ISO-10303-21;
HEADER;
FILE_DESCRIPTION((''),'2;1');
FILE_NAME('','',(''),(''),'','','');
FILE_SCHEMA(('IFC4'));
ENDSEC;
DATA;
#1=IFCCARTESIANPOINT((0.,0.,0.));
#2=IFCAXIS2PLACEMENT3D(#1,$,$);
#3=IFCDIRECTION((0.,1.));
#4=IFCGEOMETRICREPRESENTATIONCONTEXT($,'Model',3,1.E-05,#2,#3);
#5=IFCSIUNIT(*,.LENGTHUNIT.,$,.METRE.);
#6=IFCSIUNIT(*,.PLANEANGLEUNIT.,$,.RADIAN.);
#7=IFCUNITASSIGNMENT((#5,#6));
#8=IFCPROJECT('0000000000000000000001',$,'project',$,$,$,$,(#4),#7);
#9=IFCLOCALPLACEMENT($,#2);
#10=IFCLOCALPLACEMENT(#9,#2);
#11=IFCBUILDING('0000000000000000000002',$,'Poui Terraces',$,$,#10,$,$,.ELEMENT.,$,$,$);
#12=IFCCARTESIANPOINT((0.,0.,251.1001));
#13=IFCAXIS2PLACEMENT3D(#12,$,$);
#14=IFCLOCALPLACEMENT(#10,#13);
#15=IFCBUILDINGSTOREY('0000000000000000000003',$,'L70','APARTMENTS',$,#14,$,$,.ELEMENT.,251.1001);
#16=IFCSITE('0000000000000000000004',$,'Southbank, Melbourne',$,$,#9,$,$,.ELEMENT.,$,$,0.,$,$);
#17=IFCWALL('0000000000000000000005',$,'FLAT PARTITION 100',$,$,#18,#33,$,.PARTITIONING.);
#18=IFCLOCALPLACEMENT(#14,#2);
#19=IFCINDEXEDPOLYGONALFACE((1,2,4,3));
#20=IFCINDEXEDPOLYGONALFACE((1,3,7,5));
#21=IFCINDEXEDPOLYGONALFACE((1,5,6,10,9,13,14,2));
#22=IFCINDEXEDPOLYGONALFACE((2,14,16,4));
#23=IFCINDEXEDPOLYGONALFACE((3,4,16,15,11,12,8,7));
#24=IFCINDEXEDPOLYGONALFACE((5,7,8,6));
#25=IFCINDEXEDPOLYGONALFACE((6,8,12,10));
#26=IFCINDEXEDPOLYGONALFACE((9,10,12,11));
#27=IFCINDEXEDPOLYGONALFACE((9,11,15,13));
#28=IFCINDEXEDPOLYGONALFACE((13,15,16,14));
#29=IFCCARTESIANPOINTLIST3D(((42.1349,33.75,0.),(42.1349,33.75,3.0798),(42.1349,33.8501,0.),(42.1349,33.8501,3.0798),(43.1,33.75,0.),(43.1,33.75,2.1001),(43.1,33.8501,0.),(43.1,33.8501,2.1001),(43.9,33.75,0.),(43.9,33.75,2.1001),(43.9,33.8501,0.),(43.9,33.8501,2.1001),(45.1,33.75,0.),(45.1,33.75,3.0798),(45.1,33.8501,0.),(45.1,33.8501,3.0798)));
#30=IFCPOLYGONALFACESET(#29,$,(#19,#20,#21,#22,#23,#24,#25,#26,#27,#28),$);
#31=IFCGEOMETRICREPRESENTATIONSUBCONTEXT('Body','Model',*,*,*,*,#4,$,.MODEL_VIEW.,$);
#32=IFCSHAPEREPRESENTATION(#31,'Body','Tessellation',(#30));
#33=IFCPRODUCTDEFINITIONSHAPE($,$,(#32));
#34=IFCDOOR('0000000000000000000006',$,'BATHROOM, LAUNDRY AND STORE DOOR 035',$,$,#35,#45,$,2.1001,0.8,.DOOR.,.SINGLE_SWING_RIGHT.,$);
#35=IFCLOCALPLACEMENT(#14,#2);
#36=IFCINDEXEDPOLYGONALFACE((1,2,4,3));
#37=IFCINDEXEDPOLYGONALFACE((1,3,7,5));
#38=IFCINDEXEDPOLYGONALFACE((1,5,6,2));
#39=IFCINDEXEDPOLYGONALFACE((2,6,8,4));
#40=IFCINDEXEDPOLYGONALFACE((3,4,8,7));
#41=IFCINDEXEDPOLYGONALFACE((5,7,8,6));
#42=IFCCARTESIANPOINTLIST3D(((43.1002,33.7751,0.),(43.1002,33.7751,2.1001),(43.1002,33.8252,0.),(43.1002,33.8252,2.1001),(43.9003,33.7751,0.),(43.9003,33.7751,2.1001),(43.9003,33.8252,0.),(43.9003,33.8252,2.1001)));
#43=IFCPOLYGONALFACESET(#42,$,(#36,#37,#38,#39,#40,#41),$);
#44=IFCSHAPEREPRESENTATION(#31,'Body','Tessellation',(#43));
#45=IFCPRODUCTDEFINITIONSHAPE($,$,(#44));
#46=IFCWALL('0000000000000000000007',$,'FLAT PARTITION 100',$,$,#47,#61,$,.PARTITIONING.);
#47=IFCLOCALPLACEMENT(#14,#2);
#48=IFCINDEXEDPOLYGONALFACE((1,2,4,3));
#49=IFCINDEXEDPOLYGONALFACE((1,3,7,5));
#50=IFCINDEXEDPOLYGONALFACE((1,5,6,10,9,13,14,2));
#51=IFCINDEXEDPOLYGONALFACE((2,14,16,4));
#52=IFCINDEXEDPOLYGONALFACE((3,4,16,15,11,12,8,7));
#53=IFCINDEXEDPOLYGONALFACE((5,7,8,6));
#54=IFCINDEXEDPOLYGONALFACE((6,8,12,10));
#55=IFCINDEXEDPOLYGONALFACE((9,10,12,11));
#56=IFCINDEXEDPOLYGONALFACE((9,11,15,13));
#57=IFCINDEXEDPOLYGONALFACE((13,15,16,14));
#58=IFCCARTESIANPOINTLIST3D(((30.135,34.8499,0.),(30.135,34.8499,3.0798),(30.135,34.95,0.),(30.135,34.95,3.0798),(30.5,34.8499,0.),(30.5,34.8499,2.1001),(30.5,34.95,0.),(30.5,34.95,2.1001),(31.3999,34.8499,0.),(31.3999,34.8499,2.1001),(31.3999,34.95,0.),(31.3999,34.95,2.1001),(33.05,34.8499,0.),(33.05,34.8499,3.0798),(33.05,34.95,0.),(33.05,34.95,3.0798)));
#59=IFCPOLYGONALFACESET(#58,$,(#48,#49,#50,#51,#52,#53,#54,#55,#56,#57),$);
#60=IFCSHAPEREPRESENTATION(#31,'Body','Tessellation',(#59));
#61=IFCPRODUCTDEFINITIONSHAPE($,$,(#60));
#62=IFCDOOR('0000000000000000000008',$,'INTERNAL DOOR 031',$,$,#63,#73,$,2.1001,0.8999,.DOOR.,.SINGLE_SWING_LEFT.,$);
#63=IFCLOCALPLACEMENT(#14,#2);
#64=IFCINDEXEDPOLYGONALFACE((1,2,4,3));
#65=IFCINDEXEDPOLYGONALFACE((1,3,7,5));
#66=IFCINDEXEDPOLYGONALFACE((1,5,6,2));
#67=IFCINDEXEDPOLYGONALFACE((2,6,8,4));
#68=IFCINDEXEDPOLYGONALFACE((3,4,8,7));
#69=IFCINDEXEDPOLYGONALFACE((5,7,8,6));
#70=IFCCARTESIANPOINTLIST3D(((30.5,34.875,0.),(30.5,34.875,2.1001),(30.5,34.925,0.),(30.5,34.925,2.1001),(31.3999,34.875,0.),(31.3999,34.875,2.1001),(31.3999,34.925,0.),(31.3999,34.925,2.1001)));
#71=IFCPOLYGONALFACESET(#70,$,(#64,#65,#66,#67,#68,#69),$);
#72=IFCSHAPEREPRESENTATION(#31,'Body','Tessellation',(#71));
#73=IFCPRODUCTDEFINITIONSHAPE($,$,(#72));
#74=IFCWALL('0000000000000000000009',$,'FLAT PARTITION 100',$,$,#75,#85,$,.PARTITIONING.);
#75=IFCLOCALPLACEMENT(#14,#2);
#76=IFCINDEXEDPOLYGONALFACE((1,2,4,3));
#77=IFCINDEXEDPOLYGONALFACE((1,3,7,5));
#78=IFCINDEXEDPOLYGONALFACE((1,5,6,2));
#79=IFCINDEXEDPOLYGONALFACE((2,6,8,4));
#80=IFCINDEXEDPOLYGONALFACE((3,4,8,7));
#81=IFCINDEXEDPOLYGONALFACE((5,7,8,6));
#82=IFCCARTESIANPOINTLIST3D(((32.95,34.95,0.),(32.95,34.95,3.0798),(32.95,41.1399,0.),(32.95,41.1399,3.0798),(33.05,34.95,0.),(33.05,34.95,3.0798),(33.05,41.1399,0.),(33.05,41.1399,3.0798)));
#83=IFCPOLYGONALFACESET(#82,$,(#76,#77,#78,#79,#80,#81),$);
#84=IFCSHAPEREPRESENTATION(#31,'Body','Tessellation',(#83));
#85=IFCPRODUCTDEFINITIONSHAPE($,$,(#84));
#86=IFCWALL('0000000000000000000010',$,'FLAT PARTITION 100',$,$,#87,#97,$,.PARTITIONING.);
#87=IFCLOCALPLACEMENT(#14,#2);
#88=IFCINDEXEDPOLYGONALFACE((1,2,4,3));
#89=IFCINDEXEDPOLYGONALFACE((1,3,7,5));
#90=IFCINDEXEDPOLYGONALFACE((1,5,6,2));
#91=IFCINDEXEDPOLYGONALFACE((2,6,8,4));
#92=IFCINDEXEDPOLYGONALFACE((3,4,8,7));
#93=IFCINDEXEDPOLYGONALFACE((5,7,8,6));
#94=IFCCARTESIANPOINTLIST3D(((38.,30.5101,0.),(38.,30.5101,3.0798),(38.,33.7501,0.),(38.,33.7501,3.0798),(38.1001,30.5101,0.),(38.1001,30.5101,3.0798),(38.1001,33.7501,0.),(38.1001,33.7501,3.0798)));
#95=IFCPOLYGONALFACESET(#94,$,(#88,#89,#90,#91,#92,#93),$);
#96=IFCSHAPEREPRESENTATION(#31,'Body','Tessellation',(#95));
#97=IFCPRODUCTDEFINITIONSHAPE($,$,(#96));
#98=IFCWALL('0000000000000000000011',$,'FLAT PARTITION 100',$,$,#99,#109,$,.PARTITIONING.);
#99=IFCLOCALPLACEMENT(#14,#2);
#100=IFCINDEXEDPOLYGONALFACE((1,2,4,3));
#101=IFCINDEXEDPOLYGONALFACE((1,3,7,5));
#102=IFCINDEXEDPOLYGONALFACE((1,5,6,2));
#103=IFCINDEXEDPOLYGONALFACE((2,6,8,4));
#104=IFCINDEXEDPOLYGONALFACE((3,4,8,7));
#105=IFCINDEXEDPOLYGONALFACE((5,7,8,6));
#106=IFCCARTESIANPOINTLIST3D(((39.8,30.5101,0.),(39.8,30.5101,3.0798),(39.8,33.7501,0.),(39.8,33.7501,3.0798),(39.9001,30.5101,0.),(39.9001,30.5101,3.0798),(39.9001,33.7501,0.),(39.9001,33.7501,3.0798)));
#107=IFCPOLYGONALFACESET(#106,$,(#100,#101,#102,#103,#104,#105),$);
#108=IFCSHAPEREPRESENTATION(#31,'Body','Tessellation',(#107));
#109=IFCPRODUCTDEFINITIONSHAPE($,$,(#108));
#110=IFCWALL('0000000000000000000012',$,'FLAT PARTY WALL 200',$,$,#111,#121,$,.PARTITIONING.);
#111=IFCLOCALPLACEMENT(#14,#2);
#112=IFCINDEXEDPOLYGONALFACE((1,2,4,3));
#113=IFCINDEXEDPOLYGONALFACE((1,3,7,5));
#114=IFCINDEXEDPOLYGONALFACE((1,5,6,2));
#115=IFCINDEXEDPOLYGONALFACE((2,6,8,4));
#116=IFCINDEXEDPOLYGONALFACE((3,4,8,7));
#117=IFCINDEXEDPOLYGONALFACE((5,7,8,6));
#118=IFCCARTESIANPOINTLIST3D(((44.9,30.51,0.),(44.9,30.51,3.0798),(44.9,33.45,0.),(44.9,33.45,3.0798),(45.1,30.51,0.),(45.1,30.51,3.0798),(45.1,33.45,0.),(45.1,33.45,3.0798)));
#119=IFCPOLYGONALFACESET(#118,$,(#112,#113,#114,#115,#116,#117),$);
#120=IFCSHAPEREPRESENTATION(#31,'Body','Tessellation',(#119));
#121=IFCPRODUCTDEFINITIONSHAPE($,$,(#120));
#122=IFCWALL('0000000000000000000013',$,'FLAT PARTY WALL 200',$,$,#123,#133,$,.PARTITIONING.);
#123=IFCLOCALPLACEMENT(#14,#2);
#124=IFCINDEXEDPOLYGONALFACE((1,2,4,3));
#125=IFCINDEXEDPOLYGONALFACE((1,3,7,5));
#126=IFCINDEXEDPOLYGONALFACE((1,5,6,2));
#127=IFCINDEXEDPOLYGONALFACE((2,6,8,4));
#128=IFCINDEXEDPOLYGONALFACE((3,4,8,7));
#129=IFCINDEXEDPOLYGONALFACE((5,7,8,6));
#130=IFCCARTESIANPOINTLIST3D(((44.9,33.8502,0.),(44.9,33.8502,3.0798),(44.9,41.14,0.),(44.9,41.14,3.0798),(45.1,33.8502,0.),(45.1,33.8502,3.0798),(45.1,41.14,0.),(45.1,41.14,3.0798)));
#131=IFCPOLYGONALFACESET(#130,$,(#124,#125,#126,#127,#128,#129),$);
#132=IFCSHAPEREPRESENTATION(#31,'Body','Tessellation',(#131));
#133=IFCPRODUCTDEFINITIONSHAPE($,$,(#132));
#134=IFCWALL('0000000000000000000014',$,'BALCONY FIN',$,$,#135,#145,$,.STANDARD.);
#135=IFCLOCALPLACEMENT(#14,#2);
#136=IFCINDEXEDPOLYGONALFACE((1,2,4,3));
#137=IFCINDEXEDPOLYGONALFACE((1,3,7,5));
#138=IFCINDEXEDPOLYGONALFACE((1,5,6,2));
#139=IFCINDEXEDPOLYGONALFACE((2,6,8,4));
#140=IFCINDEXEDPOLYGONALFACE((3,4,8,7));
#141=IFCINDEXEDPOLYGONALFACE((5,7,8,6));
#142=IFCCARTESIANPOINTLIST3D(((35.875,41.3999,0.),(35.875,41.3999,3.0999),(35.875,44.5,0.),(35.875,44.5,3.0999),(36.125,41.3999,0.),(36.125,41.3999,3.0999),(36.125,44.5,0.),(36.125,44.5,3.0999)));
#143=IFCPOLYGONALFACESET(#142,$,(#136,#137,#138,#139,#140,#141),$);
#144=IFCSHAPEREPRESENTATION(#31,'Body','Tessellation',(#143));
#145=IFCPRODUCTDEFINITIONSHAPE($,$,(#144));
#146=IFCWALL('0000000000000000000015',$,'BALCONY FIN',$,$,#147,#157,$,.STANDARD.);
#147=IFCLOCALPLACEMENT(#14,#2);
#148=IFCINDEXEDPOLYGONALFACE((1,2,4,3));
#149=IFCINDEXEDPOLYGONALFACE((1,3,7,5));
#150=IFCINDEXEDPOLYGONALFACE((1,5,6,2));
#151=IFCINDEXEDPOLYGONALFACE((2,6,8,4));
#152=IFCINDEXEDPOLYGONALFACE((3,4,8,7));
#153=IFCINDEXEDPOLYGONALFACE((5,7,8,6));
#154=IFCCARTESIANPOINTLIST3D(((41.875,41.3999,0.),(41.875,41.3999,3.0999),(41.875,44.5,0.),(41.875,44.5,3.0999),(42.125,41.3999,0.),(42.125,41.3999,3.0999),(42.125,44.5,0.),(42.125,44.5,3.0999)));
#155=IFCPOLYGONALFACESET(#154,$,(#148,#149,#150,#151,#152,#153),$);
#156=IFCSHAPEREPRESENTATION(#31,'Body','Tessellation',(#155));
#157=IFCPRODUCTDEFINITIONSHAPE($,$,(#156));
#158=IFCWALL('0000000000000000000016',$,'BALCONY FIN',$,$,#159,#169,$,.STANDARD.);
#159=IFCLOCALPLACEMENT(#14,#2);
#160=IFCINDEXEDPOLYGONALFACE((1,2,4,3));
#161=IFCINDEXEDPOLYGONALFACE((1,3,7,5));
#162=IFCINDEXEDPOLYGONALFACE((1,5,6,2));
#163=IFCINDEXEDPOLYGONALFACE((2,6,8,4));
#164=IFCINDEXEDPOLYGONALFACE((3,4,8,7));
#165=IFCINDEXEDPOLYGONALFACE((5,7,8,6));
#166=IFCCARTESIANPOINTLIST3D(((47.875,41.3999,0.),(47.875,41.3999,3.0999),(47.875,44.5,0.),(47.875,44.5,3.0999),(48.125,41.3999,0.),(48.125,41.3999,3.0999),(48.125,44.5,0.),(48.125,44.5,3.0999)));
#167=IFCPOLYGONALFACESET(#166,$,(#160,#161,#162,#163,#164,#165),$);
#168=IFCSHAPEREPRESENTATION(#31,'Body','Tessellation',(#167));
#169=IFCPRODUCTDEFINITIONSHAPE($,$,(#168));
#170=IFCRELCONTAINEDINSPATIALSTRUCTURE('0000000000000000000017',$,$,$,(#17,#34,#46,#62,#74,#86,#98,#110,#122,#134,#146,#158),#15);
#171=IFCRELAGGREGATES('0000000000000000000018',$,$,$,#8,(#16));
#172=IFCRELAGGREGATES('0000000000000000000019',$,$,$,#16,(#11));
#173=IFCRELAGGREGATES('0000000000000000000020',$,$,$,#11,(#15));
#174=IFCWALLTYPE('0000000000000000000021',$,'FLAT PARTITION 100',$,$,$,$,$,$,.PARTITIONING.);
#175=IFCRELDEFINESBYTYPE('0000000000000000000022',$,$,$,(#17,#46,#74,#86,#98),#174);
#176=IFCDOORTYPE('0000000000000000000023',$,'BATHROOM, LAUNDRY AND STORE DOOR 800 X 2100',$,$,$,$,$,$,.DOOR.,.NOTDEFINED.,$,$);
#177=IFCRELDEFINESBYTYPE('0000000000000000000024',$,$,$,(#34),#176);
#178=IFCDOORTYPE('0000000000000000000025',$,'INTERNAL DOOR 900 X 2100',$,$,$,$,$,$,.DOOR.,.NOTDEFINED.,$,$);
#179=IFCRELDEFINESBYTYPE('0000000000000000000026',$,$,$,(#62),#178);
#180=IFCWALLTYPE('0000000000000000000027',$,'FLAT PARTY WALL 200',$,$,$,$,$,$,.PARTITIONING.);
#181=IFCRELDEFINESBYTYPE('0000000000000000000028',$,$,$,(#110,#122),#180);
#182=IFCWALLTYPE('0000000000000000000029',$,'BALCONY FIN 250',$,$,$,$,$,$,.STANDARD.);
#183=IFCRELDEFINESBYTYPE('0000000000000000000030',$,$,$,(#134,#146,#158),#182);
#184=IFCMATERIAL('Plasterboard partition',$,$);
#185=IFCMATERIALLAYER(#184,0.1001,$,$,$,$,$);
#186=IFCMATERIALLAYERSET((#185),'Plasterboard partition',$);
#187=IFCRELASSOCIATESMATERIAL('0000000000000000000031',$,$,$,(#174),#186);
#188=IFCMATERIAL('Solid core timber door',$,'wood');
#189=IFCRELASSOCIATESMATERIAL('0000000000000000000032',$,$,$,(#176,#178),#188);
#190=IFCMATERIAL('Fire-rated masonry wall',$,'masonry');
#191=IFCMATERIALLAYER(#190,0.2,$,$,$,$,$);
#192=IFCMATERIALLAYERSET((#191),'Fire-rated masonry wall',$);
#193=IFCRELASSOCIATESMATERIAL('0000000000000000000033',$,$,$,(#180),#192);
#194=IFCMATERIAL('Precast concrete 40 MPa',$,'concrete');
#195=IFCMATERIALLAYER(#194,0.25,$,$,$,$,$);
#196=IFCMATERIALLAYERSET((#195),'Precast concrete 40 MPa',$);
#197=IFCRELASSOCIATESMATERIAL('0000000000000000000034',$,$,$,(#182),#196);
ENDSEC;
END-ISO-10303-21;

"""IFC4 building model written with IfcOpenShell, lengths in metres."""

from ifc_helpers import new_model, si_unit, direction, frame, frame_2d, origin, place, context, subcontext, project, spatial, polyline, rectangle, outline, extrude, source, transform, mapped, material, layer, layer_set, type_object, element, fill, save


model = new_model("IFC4")

# Units and contexts
model_context = context("Model", 3, precision=1e-05, world=origin(), true_north=direction((0.0, 1.0)))
body_context = subcontext(model_context, "Body", "Model", "MODEL_VIEW")
ifc_project = project(units=[si_unit("LENGTHUNIT", "METRE"), si_unit("PLANEANGLEUNIT", "RADIAN")], contexts=[model_context])

# Site, building, storey
site_placement = place(None, origin())
site = spatial("IfcSite", under=ifc_project, at=site_placement, Name="Southbank, Melbourne", CompositionType="ELEMENT", RefElevation=0.0)
building_placement = place(site_placement, origin())
building = spatial("IfcBuilding", under=site, at=building_placement, Name="Poui Terraces", CompositionType="ELEMENT")
storey_placement = place(building_placement, frame((0.0, 0.0, 251.1001)))
storey = spatial("IfcBuildingStorey", under=building, at=storey_placement, Name="L70", Description="APARTMENTS", CompositionType="ELEMENT", Elevation=251.1001)

# Walls, openings, doors
ifc_material_1 = material(Name="Plasterboard partition")
ifc_layer_1 = layer(ifc_material_1, 0.1001)
ifc_layer_set_1 = layer_set([ifc_layer_1], Name="Plasterboard partition")
wall_type_1 = type_object("IfcWallType", Name="FLAT PARTITION 100", PredefinedType="PARTITIONING", material=ifc_layer_set_1)
ifc_material_2 = material(Name="Solid core timber door", Category="wood")
door_type_1 = type_object("IfcDoorType", Name="BATHROOM, LAUNDRY AND STORE DOOR 800 X 2100", OperationType="NOTDEFINED", PredefinedType="DOOR", material=ifc_material_2)
door_type_2 = type_object("IfcDoorType", Name="INTERNAL DOOR 900 X 2100", OperationType="NOTDEFINED", PredefinedType="DOOR", material=ifc_material_2)
wall_1_placement = place(storey_placement, frame((42.135, 33.8, 0.0), z_axis=(0.0, 0.0, 1.0), x_axis=(1.0, 0.0, 0.0)))
wall_1 = element("IfcWall", 1, at=wall_1_placement, inside=storey, type_object=wall_type_1, Name="FLAT PARTITION 100", PredefinedType="PARTITIONING", context=body_context, shape_type="SweptSolid", body=[
    extrude(rectangle(XDim=2.9651, YDim=0.1001, at=frame_2d((1.4824, 0.0))), origin(), (0.0, 0.0, 1.0), 3.0798),
])
opening_1_placement = place(wall_1_placement, frame((0.9651, 0.0, 0.0)))
opening_1 = element("IfcOpeningElement", 2, at=opening_1_placement, cuts=wall_1, PredefinedType="OPENING", context=body_context, shape_type="SweptSolid", body=[
    extrude(rectangle(XDim=0.8, YDim=2.1001, at=frame_2d((0.3999, 1.05))), frame((0.0, 0.0601, 0.0), z_axis=(0.0, -1.0, 0.0), x_axis=(1.0, 0.0, 0.0)), (0.0, 0.0, 1.0), 0.1201),
])
door_1_placement = place(opening_1_placement, frame((0.8, 0.0, 0.0), z_axis=(0.0, 0.0, 1.0), x_axis=(-1.0, 0.0, 0.0)))
door_1 = element("IfcDoor", 3, at=door_1_placement, inside=storey, type_object=door_type_1, Name="BATHROOM, LAUNDRY AND STORE DOOR 035", OperationType="SINGLE_SWING_RIGHT", OverallHeight=2.1001, OverallWidth=0.8, PredefinedType="DOOR", context=body_context, shape_type="SweptSolid", body=[
    extrude(rectangle(XDim=0.8, YDim=2.1001, at=frame_2d((0.3999, 1.05))), frame((0.0, 0.0249, 0.0), z_axis=(0.0, -1.0, 0.0), x_axis=(1.0, 0.0, 0.0)), (0.0, 0.0, 1.0), 0.05),
])
fill(opening_1, door_1)
wall_2_placement = place(storey_placement, frame((30.135, 34.8999, 0.0), z_axis=(0.0, 0.0, 1.0), x_axis=(1.0, 0.0, 0.0)))
wall_2 = element("IfcWall", 4, at=wall_2_placement, inside=storey, type_object=wall_type_1, Name="FLAT PARTITION 100", PredefinedType="PARTITIONING", context=body_context, shape_type="SweptSolid", body=[
    extrude(rectangle(XDim=2.915, YDim=0.1001, at=frame_2d((1.4575, 0.0))), origin(), (0.0, 0.0, 1.0), 3.0798),
])
opening_2_placement = place(wall_2_placement, frame((0.365, 0.0, 0.0)))
opening_2 = element("IfcOpeningElement", 5, at=opening_2_placement, cuts=wall_2, PredefinedType="OPENING", context=body_context, shape_type="SweptSolid", body=[
    extrude(rectangle(XDim=0.8999, YDim=2.1001, at=frame_2d((0.45, 1.05))), frame((0.0, 0.0601, 0.0), z_axis=(0.0, -1.0, 0.0), x_axis=(1.0, 0.0, 0.0)), (0.0, 0.0, 1.0), 0.1201),
])
door_2_placement = place(opening_2_placement, frame((0.8999, 0.0, 0.0), z_axis=(0.0, 0.0, 1.0), x_axis=(-1.0, 0.0, 0.0)))
door_2 = element("IfcDoor", 6, at=door_2_placement, inside=storey, type_object=door_type_2, Name="INTERNAL DOOR 031", OperationType="SINGLE_SWING_LEFT", OverallHeight=2.1001, OverallWidth=0.8999, PredefinedType="DOOR", context=body_context, shape_type="SweptSolid", body=[
    extrude(rectangle(XDim=0.8999, YDim=2.1001, at=frame_2d((0.45, 1.05))), frame((0.0, 0.0249, 0.0), z_axis=(0.0, -1.0, 0.0), x_axis=(1.0, 0.0, 0.0)), (0.0, 0.0, 1.0), 0.05),
])
fill(opening_2, door_2)

# Walls
wall_3_placement = place(storey_placement, frame((33.0, 34.95, 0.0), z_axis=(0.0, 0.0, 1.0), x_axis=(0.0, 1.0, 0.0)))
element("IfcWall", 7, at=wall_3_placement, inside=storey, type_object=wall_type_1, Name="FLAT PARTITION 100", PredefinedType="PARTITIONING", context=body_context, shape_type="SweptSolid", body=[
    extrude(rectangle(XDim=6.1899, YDim=0.1001, at=frame_2d((3.095, 0.0))), origin(), (0.0, 0.0, 1.0), 3.0798),
])
for number, where, z_axis, x_axis, name in (
    (8, (38.05, 30.51, 0.0), (0.0, 0.0, 1.0), (0.0, 1.0, 0.0), "FLAT PARTITION 100"),
    (9, (39.8501, 30.51, 0.0), (0.0, 0.0, 1.0), (0.0, 1.0, 0.0), "FLAT PARTITION 100"),
):
    element("IfcWall", number, at=place(storey_placement, frame(where, z_axis=z_axis, x_axis=x_axis)), inside=storey, type_object=wall_type_1, Name=name, PredefinedType="PARTITIONING", context=body_context, shape_type="SweptSolid", body=[
        extrude(rectangle(XDim=3.24, YDim=0.1001, at=frame_2d((1.6201, 0.0))), origin(), (0.0, 0.0, 1.0), 3.0798),
    ])
ifc_material_3 = material(Name="Fire-rated masonry wall", Category="masonry")
ifc_layer_2 = layer(ifc_material_3, 0.2)
ifc_layer_set_2 = layer_set([ifc_layer_2], Name="Fire-rated masonry wall")
wall_type_2 = type_object("IfcWallType", Name="FLAT PARTY WALL 200", PredefinedType="PARTITIONING", material=ifc_layer_set_2)
wall_4_placement = place(storey_placement, frame((45.0, 30.51, 0.0), z_axis=(0.0, 0.0, 1.0), x_axis=(0.0, 1.0, 0.0)))
element("IfcWall", 10, at=wall_4_placement, inside=storey, type_object=wall_type_2, Name="FLAT PARTY WALL 200", PredefinedType="PARTITIONING", context=body_context, shape_type="SweptSolid", body=[
    extrude(rectangle(XDim=2.9399, YDim=0.2, at=frame_2d((1.47, 0.0))), origin(), (0.0, 0.0, 1.0), 3.0798),
])
wall_5_placement = place(storey_placement, frame((45.0, 33.8501, 0.0), z_axis=(0.0, 0.0, 1.0), x_axis=(0.0, 1.0, 0.0)))
element("IfcWall", 11, at=wall_5_placement, inside=storey, type_object=wall_type_2, Name="FLAT PARTY WALL 200", PredefinedType="PARTITIONING", context=body_context, shape_type="SweptSolid", body=[
    extrude(rectangle(XDim=7.2898, YDim=0.2, at=frame_2d((3.645, 0.0))), origin(), (0.0, 0.0, 1.0), 3.0798),
])
ifc_material_4 = material(Name="Precast concrete 40 MPa", Category="concrete")
ifc_layer_3 = layer(ifc_material_4, 0.25)
ifc_layer_set_3 = layer_set([ifc_layer_3], Name="Precast concrete 40 MPa")
wall_type_3 = type_object("IfcWallType", Name="BALCONY FIN 250", PredefinedType="STANDARD", material=ifc_layer_set_3)
shared_shape_1 = source(origin(), body_context, "Body", "SweptSolid", [
    extrude(outline(polyline([(0.0, 0.0), (0.25, 0.0), (0.25, 3.1001), (0.0, 3.1001), (0.0, 0.0)])), origin(), (0.0, 0.0, 1.0), 3.0999),
])
for number, where, name in (
    (12, (35.875, 41.3999, 0.0), "BALCONY FIN"),
    (13, (41.875, 41.3999, 0.0), "BALCONY FIN"),
    (14, (47.875, 41.3999, 0.0), "BALCONY FIN"),
):
    element("IfcWall", number, at=place(storey_placement, frame(where)), inside=storey, type_object=wall_type_3, Name=name, PredefinedType="STANDARD", context=body_context, shape_type="MappedRepresentation", body=[
        mapped(shared_shape_1, transform((0.0, 0.0, 0.0))),
    ])

save(model, "model.ifc")
